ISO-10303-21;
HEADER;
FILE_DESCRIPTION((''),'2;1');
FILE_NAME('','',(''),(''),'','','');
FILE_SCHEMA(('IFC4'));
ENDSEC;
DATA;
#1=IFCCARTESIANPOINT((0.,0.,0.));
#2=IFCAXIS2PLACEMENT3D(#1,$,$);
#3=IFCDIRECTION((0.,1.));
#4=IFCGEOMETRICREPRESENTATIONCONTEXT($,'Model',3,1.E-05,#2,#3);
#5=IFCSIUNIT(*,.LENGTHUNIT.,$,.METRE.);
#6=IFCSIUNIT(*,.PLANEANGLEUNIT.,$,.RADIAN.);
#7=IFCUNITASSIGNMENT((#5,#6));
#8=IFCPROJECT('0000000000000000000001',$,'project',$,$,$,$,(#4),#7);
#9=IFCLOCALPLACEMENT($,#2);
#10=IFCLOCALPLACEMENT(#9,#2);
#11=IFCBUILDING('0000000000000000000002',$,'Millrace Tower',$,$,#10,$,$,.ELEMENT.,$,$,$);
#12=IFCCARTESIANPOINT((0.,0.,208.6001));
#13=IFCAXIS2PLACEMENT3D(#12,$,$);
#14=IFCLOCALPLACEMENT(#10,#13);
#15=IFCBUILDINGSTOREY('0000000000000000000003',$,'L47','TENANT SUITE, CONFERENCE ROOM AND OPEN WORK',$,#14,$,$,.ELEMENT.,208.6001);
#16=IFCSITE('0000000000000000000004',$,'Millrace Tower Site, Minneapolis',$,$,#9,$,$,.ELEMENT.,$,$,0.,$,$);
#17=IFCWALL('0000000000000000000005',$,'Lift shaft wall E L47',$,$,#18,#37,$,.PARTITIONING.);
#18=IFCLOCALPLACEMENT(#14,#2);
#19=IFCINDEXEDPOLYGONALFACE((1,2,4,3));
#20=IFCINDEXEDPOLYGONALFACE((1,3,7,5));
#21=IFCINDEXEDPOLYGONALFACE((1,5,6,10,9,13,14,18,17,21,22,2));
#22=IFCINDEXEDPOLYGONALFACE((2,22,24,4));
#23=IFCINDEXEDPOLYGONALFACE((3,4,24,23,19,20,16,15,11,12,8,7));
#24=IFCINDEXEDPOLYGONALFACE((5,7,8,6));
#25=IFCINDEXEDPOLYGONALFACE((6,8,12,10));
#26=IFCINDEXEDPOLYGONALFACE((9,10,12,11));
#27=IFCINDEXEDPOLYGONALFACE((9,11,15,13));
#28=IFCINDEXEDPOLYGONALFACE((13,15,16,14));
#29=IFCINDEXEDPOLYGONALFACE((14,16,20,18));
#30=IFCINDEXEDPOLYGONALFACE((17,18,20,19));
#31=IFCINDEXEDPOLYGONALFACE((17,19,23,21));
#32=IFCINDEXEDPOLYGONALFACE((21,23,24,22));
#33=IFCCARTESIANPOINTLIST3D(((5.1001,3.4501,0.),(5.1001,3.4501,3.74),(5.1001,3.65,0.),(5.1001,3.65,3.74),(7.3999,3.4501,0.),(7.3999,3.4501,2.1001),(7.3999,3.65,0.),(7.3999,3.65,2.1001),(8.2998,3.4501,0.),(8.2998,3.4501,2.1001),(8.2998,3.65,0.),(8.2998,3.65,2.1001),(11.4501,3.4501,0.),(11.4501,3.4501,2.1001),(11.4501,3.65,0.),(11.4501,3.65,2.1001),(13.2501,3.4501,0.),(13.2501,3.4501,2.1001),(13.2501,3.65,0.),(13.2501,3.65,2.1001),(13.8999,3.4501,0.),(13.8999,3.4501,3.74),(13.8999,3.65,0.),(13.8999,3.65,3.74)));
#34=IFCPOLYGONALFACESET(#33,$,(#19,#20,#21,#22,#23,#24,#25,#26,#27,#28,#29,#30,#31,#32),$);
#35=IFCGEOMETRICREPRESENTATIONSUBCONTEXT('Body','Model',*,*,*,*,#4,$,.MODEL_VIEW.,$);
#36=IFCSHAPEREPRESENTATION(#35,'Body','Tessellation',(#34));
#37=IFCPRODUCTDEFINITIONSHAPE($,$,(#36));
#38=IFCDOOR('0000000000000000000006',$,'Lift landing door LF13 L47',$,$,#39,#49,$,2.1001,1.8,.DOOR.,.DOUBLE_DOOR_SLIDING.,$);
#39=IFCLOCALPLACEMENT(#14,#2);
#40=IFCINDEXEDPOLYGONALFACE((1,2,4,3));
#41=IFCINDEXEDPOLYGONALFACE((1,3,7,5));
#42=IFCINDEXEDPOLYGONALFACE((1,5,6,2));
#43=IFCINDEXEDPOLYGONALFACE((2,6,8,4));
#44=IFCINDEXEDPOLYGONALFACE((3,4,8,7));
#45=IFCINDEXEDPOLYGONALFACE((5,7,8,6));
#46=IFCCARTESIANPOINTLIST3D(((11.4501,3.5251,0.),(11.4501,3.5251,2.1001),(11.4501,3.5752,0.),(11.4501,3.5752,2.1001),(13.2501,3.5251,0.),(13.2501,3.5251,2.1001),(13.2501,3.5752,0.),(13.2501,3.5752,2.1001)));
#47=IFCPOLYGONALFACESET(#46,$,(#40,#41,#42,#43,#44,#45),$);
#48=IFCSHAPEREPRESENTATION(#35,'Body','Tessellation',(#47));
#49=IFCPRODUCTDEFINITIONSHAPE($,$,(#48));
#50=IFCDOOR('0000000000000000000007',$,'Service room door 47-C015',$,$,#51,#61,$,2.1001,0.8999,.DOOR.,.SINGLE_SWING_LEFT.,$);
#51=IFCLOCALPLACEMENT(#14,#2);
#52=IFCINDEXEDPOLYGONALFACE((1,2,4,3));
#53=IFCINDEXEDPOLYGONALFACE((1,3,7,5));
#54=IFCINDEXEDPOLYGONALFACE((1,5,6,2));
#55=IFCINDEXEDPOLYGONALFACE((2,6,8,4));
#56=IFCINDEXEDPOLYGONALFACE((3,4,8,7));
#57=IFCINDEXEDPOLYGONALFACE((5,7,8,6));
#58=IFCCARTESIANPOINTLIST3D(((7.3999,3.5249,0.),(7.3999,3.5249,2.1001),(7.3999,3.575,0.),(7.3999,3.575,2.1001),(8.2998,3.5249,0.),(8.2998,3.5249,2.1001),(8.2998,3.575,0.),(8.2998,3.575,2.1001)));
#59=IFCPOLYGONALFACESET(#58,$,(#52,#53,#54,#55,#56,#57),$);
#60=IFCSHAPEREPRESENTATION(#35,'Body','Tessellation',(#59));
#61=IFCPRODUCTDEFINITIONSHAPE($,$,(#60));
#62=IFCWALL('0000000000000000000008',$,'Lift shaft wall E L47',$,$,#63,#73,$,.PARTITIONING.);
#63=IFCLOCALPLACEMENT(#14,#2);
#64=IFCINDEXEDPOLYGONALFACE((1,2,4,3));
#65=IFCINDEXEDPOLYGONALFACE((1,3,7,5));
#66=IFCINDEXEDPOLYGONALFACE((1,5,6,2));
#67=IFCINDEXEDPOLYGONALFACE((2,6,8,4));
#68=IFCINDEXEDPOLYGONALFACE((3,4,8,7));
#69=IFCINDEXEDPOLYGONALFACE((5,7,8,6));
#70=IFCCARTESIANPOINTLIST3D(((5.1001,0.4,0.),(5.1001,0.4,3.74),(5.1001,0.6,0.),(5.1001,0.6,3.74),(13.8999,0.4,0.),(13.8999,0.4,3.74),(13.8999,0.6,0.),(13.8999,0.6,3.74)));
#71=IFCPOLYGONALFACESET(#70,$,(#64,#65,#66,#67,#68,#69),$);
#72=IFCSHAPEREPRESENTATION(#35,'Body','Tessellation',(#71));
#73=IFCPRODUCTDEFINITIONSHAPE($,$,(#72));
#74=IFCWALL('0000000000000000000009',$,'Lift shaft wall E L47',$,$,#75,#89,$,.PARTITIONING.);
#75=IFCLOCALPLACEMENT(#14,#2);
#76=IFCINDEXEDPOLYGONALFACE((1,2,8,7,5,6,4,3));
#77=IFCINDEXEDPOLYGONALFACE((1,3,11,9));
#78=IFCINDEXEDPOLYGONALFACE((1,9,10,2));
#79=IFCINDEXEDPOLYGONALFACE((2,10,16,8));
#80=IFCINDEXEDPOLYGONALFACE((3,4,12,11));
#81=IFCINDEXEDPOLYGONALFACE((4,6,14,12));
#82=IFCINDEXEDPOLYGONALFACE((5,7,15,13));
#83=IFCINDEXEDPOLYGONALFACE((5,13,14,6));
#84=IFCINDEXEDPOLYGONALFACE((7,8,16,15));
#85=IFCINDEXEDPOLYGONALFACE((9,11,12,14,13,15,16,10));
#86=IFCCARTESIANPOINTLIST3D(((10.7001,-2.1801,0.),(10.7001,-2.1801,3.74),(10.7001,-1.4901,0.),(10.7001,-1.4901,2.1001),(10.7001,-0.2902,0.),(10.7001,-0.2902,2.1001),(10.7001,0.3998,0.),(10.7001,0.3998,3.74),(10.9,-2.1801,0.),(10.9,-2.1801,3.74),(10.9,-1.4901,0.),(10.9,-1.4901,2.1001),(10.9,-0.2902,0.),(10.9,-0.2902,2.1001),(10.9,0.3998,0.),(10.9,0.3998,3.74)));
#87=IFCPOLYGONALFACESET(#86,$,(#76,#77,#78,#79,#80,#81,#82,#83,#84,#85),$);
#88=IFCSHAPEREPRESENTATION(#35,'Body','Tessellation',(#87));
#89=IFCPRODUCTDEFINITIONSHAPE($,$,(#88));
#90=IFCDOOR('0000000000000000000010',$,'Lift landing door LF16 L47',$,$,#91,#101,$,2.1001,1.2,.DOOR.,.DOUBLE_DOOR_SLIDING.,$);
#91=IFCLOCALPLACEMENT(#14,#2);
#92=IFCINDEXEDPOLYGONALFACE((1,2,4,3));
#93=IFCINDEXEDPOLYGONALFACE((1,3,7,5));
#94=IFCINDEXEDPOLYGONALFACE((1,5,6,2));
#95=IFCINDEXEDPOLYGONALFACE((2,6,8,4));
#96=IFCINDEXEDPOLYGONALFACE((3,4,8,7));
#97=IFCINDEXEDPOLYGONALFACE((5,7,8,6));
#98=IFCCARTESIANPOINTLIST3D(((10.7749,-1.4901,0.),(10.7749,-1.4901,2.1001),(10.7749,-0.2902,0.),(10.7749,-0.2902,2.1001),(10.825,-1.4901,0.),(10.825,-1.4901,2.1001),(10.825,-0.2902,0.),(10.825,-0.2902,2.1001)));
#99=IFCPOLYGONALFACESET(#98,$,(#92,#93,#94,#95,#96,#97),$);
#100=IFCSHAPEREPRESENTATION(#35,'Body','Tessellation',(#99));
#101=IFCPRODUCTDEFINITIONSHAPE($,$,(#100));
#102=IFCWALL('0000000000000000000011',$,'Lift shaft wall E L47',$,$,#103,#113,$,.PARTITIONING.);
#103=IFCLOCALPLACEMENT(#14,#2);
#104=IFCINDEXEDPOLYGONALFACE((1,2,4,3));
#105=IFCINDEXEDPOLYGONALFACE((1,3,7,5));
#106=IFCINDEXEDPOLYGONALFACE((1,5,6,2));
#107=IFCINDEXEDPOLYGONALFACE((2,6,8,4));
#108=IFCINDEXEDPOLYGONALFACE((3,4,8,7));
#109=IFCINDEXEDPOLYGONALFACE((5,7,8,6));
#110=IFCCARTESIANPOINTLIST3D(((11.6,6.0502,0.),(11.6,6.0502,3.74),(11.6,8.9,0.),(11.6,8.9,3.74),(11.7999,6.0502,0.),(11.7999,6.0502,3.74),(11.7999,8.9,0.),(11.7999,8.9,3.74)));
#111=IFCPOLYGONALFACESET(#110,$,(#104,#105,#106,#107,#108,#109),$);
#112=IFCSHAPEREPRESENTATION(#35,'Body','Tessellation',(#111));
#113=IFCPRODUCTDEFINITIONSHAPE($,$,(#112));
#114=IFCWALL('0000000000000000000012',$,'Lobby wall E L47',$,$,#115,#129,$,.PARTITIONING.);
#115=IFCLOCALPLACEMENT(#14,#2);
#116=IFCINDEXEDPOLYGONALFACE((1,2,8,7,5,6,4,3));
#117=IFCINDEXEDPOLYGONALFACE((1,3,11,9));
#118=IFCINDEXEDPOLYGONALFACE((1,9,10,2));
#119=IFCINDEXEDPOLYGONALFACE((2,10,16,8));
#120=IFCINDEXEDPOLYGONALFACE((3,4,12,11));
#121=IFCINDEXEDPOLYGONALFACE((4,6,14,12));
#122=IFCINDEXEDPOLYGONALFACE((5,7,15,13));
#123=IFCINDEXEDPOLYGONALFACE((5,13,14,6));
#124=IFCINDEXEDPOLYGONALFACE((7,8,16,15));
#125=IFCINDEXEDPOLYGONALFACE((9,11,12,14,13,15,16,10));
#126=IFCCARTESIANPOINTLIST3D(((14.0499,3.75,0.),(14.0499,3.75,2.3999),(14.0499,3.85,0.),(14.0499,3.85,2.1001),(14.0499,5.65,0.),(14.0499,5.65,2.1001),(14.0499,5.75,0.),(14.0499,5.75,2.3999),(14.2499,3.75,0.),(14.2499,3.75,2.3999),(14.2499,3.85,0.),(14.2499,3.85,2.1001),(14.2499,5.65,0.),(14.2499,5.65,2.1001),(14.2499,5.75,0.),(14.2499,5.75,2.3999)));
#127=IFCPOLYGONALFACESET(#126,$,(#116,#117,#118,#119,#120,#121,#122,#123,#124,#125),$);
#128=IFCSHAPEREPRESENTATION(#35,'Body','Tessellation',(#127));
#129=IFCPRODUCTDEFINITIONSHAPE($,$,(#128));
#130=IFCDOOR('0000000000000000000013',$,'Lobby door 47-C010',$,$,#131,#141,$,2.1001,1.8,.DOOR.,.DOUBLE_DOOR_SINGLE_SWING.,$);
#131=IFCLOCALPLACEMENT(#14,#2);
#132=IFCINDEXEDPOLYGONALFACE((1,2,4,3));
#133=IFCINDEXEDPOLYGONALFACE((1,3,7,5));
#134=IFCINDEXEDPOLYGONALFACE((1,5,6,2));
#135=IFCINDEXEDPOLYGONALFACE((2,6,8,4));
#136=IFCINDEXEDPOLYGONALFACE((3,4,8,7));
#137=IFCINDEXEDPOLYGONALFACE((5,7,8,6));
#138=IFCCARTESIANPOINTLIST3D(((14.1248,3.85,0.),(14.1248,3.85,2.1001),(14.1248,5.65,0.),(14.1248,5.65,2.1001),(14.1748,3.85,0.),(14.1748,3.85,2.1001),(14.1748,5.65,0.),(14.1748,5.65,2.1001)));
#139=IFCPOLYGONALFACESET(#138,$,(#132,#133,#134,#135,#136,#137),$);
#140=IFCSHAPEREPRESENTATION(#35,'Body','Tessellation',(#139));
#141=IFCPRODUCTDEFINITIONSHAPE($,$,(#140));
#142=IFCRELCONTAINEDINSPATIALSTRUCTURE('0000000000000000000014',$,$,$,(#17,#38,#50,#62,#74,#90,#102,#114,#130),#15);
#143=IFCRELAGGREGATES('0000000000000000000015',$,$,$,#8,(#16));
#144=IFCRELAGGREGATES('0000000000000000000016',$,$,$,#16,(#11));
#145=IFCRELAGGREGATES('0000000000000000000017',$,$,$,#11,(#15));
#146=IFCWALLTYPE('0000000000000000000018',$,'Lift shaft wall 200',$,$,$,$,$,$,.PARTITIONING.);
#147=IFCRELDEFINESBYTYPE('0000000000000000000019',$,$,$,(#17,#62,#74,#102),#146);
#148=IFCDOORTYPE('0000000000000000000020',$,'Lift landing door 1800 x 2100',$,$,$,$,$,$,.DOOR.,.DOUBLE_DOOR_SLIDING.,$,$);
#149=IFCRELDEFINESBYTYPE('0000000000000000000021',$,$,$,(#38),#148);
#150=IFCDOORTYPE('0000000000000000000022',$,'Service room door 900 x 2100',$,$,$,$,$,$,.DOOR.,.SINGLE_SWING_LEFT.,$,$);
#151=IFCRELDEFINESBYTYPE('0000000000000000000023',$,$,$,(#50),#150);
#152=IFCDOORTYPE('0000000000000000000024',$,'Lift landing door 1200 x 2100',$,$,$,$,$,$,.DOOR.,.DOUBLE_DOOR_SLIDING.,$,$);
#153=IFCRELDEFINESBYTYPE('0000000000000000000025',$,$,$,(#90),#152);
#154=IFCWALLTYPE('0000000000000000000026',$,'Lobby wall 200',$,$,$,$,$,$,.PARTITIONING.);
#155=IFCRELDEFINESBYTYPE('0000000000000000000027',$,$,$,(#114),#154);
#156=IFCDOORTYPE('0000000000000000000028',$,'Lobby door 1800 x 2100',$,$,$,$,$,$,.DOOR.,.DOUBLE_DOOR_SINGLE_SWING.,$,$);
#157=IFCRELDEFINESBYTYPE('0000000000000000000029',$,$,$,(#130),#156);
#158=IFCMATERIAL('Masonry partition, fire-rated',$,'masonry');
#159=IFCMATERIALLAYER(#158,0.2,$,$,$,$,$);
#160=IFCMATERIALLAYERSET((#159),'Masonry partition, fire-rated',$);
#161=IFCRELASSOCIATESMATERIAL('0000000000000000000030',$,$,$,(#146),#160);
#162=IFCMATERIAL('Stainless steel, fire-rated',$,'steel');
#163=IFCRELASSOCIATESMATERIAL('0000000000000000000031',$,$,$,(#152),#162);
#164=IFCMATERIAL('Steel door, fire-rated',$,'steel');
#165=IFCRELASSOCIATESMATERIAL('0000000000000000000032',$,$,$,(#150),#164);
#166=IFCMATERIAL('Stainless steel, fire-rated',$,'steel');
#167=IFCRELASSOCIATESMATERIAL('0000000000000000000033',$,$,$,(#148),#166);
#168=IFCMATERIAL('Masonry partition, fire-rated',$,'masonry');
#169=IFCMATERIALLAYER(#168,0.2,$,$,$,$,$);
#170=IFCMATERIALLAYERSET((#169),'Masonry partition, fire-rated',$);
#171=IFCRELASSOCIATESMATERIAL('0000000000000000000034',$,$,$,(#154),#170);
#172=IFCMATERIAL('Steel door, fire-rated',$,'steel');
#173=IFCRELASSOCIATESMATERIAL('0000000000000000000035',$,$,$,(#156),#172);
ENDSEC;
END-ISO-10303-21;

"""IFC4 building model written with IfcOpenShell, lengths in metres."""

from ifc_helpers import new_model, si_unit, direction, frame, frame_2d, origin, place, context, subcontext, project, spatial, rectangle, extrude, material, layer, layer_set, type_object, element, fill, save


model = new_model("IFC4")

# Units and contexts
model_context = context("Model", 3, precision=1e-05, world=origin(), true_north=direction((0.0, 1.0)))
body_context = subcontext(model_context, "Body", "Model", "MODEL_VIEW")
ifc_project = project(units=[si_unit("LENGTHUNIT", "METRE"), si_unit("PLANEANGLEUNIT", "RADIAN")], contexts=[model_context])

# Site, building, storey
site_placement = place(None, origin())
site = spatial("IfcSite", under=ifc_project, at=site_placement, Name="Millrace Tower Site, Minneapolis", CompositionType="ELEMENT", RefElevation=0.0)
building_placement = place(site_placement, origin())
building = spatial("IfcBuilding", under=site, at=building_placement, Name="Millrace Tower", CompositionType="ELEMENT")
storey_placement = place(building_placement, frame((0.0, 0.0, 208.6001)))
storey = spatial("IfcBuildingStorey", under=building, at=storey_placement, Name="L47", Description="TENANT SUITE, CONFERENCE ROOM AND OPEN WORK", CompositionType="ELEMENT", Elevation=208.6001)

# Wall, openings, doors
ifc_material_1 = material(Name="Masonry partition, fire-rated", Category="masonry")
ifc_layer_1 = layer(ifc_material_1, 0.2)
ifc_layer_set_1 = layer_set([ifc_layer_1], Name="Masonry partition, fire-rated")
wall_type_1 = type_object("IfcWallType", Name="Lift shaft wall 200", PredefinedType="PARTITIONING", material=ifc_layer_set_1)
ifc_material_2 = material(Name="Stainless steel, fire-rated", Category="steel")
door_type_1 = type_object("IfcDoorType", Name="Lift landing door 1200 x 2100", OperationType="DOUBLE_DOOR_SLIDING", PredefinedType="DOOR", material=ifc_material_2)
ifc_material_3 = material(Name="Steel door, fire-rated", Category="steel")
door_type_2 = type_object("IfcDoorType", Name="Service room door 900 x 2100", OperationType="SINGLE_SWING_LEFT", PredefinedType="DOOR", material=ifc_material_3)
wall_1_placement = place(storey_placement, frame((13.8999, 3.55, 0.0), z_axis=(0.0, 0.0, 1.0), x_axis=(-1.0, 0.0, 0.0)))
wall_1 = element("IfcWall", 1, at=wall_1_placement, inside=storey, type_object=wall_type_1, Name="Lift shaft wall E L47", PredefinedType="PARTITIONING", context=body_context, shape_type="SweptSolid", body=[
    extrude(rectangle(XDim=8.7998, YDim=0.2, at=frame_2d((4.3999, 0.0))), origin(), (0.0, 0.0, 1.0), 3.74),
])
opening_1_placement = place(wall_1_placement, frame((0.6499, 0.0, 0.0)))
opening_1 = element("IfcOpeningElement", 2, at=opening_1_placement, cuts=wall_1, PredefinedType="OPENING", context=body_context, shape_type="SweptSolid", body=[
    extrude(rectangle(XDim=1.8, YDim=2.1001, at=frame_2d((0.8999, 1.05))), frame((0.0, 0.1099, 0.0), z_axis=(0.0, -1.0, 0.0), x_axis=(1.0, 0.0, 0.0)), (0.0, 0.0, 1.0), 0.22),
])
opening_2_placement = place(wall_1_placement, frame((5.6001, 0.0, 0.0)))
opening_2 = element("IfcOpeningElement", 3, at=opening_2_placement, cuts=wall_1, PredefinedType="OPENING", context=body_context, shape_type="SweptSolid", body=[
    extrude(rectangle(XDim=0.8999, YDim=2.1001, at=frame_2d((0.45, 1.05))), frame((0.0, 0.1099, 0.0), z_axis=(0.0, -1.0, 0.0), x_axis=(1.0, 0.0, 0.0)), (0.0, 0.0, 1.0), 0.22),
])
ifc_material_4 = material(Name="Stainless steel, fire-rated", Category="steel")
door_type_3 = type_object("IfcDoorType", Name="Lift landing door 1800 x 2100", OperationType="DOUBLE_DOOR_SLIDING", PredefinedType="DOOR", material=ifc_material_4)
door_1_placement = place(opening_1_placement, origin())
door_1 = element("IfcDoor", 4, at=door_1_placement, inside=storey, type_object=door_type_3, Name="Lift landing door LF13 L47", OperationType="DOUBLE_DOOR_SLIDING", OverallHeight=2.1001, OverallWidth=1.8, PredefinedType="DOOR", context=body_context, shape_type="SweptSolid", body=[
    extrude(rectangle(XDim=1.8, YDim=2.1001, at=frame_2d((0.8999, 1.05))), frame((0.0, 0.0249, 0.0), z_axis=(0.0, -1.0, 0.0), x_axis=(1.0, 0.0, 0.0)), (0.0, 0.0, 1.0), 0.05),
])
fill(opening_1, door_1)
door_2_placement = place(opening_2_placement, frame((0.8999, 0.0, 0.0), z_axis=(0.0, 0.0, 1.0), x_axis=(-1.0, 0.0, 0.0)))
door_2 = element("IfcDoor", 5, at=door_2_placement, inside=storey, type_object=door_type_2, Name="Service room door 47-C015", OperationType="SINGLE_SWING_LEFT", OverallHeight=2.1001, OverallWidth=0.8999, PredefinedType="DOOR", context=body_context, shape_type="SweptSolid", body=[
    extrude(rectangle(XDim=0.8999, YDim=2.1001, at=frame_2d((0.45, 1.05))), frame((0.0, 0.0249, 0.0), z_axis=(0.0, -1.0, 0.0), x_axis=(1.0, 0.0, 0.0)), (0.0, 0.0, 1.0), 0.05),
])
fill(opening_2, door_2)

# Wall
wall_2_placement = place(storey_placement, frame((13.8999, 0.5, 0.0), z_axis=(0.0, 0.0, 1.0), x_axis=(-1.0, 0.0, 0.0)))
element("IfcWall", 6, at=wall_2_placement, inside=storey, type_object=wall_type_1, Name="Lift shaft wall E L47", PredefinedType="PARTITIONING", context=body_context, shape_type="SweptSolid", body=[
    extrude(rectangle(XDim=8.7998, YDim=0.2, at=frame_2d((4.3999, 0.0))), origin(), (0.0, 0.0, 1.0), 3.74),
])

# Wall, opening, door
wall_3_placement = place(storey_placement, frame((10.8, 0.3999, 0.0), z_axis=(0.0, 0.0, 1.0), x_axis=(0.0, -1.0, 0.0)))
wall_3 = element("IfcWall", 7, at=wall_3_placement, inside=storey, type_object=wall_type_1, Name="Lift shaft wall E L47", PredefinedType="PARTITIONING", context=body_context, shape_type="SweptSolid", body=[
    extrude(rectangle(XDim=2.5798, YDim=0.2, at=frame_2d((1.29, 0.0))), origin(), (0.0, 0.0, 1.0), 3.74),
])
opening_3_placement = place(wall_3_placement, frame((0.6899, 0.0, 0.0)))
opening_3 = element("IfcOpeningElement", 8, at=opening_3_placement, cuts=wall_3, PredefinedType="OPENING", context=body_context, shape_type="SweptSolid", body=[
    extrude(rectangle(XDim=1.2, YDim=2.1001, at=frame_2d((0.6001, 1.05))), frame((0.0, 0.1099, 0.0), z_axis=(0.0, -1.0, 0.0), x_axis=(1.0, 0.0, 0.0)), (0.0, 0.0, 1.0), 0.22),
])
door_3_placement = place(opening_3_placement, origin())
door_3 = element("IfcDoor", 9, at=door_3_placement, inside=storey, type_object=door_type_1, Name="Lift landing door LF16 L47", OperationType="DOUBLE_DOOR_SLIDING", OverallHeight=2.1001, OverallWidth=1.2, PredefinedType="DOOR", context=body_context, shape_type="SweptSolid", body=[
    extrude(rectangle(XDim=1.2, YDim=2.1001, at=frame_2d((0.6001, 1.05))), frame((0.0, 0.0249, 0.0), z_axis=(0.0, -1.0, 0.0), x_axis=(1.0, 0.0, 0.0)), (0.0, 0.0, 1.0), 0.05),
])
fill(opening_3, door_3)

# Wall
wall_4_placement = place(storey_placement, frame((11.7, 8.8999, 0.0), z_axis=(0.0, 0.0, 1.0), x_axis=(0.0, -1.0, 0.0)))
element("IfcWall", 10, at=wall_4_placement, inside=storey, type_object=wall_type_1, Name="Lift shaft wall E L47", PredefinedType="PARTITIONING", context=body_context, shape_type="SweptSolid", body=[
    extrude(rectangle(XDim=2.8499, YDim=0.2, at=frame_2d((1.4248, 0.0))), origin(), (0.0, 0.0, 1.0), 3.74),
])

# Wall, opening, door
ifc_material_5 = material(Name="Masonry partition, fire-rated", Category="masonry")
ifc_layer_2 = layer(ifc_material_5, 0.2)
ifc_layer_set_2 = layer_set([ifc_layer_2], Name="Masonry partition, fire-rated")
wall_type_2 = type_object("IfcWallType", Name="Lobby wall 200", PredefinedType="PARTITIONING", material=ifc_layer_set_2)
wall_5_placement = place(storey_placement, frame((14.1499, 5.75, 0.0), z_axis=(0.0, 0.0, 1.0), x_axis=(0.0, -1.0, 0.0)))
wall_5 = element("IfcWall", 11, at=wall_5_placement, inside=storey, type_object=wall_type_2, Name="Lobby wall E L47", PredefinedType="PARTITIONING", context=body_context, shape_type="SweptSolid", body=[
    extrude(rectangle(XDim=2.0, YDim=0.2, at=frame_2d((1.0, 0.0))), origin(), (0.0, 0.0, 1.0), 2.3999),
])
opening_4_placement = place(wall_5_placement, frame((0.1001, 0.0, 0.0)))
opening_4 = element("IfcOpeningElement", 12, at=opening_4_placement, cuts=wall_5, PredefinedType="OPENING", context=body_context, shape_type="SweptSolid", body=[
    extrude(rectangle(XDim=1.8, YDim=2.1001, at=frame_2d((0.8999, 1.05))), frame((0.0, 0.1099, 0.0), z_axis=(0.0, -1.0, 0.0), x_axis=(1.0, 0.0, 0.0)), (0.0, 0.0, 1.0), 0.22),
])
ifc_material_6 = material(Name="Steel door, fire-rated", Category="steel")
door_type_4 = type_object("IfcDoorType", Name="Lobby door 1800 x 2100", OperationType="DOUBLE_DOOR_SINGLE_SWING", PredefinedType="DOOR", material=ifc_material_6)
door_4_placement = place(opening_4_placement, origin())
door_4 = element("IfcDoor", 13, at=door_4_placement, inside=storey, type_object=door_type_4, Name="Lobby door 47-C010", OperationType="DOUBLE_DOOR_SINGLE_SWING", OverallHeight=2.1001, OverallWidth=1.8, PredefinedType="DOOR", context=body_context, shape_type="SweptSolid", body=[
    extrude(rectangle(XDim=1.8, YDim=2.1001, at=frame_2d((0.8999, 1.05))), frame((0.0, 0.0249, 0.0), z_axis=(0.0, -1.0, 0.0), x_axis=(1.0, 0.0, 0.0)), (0.0, 0.0, 1.0), 0.05),
])
fill(opening_4, door_4)

save(model, "model.ifc")
